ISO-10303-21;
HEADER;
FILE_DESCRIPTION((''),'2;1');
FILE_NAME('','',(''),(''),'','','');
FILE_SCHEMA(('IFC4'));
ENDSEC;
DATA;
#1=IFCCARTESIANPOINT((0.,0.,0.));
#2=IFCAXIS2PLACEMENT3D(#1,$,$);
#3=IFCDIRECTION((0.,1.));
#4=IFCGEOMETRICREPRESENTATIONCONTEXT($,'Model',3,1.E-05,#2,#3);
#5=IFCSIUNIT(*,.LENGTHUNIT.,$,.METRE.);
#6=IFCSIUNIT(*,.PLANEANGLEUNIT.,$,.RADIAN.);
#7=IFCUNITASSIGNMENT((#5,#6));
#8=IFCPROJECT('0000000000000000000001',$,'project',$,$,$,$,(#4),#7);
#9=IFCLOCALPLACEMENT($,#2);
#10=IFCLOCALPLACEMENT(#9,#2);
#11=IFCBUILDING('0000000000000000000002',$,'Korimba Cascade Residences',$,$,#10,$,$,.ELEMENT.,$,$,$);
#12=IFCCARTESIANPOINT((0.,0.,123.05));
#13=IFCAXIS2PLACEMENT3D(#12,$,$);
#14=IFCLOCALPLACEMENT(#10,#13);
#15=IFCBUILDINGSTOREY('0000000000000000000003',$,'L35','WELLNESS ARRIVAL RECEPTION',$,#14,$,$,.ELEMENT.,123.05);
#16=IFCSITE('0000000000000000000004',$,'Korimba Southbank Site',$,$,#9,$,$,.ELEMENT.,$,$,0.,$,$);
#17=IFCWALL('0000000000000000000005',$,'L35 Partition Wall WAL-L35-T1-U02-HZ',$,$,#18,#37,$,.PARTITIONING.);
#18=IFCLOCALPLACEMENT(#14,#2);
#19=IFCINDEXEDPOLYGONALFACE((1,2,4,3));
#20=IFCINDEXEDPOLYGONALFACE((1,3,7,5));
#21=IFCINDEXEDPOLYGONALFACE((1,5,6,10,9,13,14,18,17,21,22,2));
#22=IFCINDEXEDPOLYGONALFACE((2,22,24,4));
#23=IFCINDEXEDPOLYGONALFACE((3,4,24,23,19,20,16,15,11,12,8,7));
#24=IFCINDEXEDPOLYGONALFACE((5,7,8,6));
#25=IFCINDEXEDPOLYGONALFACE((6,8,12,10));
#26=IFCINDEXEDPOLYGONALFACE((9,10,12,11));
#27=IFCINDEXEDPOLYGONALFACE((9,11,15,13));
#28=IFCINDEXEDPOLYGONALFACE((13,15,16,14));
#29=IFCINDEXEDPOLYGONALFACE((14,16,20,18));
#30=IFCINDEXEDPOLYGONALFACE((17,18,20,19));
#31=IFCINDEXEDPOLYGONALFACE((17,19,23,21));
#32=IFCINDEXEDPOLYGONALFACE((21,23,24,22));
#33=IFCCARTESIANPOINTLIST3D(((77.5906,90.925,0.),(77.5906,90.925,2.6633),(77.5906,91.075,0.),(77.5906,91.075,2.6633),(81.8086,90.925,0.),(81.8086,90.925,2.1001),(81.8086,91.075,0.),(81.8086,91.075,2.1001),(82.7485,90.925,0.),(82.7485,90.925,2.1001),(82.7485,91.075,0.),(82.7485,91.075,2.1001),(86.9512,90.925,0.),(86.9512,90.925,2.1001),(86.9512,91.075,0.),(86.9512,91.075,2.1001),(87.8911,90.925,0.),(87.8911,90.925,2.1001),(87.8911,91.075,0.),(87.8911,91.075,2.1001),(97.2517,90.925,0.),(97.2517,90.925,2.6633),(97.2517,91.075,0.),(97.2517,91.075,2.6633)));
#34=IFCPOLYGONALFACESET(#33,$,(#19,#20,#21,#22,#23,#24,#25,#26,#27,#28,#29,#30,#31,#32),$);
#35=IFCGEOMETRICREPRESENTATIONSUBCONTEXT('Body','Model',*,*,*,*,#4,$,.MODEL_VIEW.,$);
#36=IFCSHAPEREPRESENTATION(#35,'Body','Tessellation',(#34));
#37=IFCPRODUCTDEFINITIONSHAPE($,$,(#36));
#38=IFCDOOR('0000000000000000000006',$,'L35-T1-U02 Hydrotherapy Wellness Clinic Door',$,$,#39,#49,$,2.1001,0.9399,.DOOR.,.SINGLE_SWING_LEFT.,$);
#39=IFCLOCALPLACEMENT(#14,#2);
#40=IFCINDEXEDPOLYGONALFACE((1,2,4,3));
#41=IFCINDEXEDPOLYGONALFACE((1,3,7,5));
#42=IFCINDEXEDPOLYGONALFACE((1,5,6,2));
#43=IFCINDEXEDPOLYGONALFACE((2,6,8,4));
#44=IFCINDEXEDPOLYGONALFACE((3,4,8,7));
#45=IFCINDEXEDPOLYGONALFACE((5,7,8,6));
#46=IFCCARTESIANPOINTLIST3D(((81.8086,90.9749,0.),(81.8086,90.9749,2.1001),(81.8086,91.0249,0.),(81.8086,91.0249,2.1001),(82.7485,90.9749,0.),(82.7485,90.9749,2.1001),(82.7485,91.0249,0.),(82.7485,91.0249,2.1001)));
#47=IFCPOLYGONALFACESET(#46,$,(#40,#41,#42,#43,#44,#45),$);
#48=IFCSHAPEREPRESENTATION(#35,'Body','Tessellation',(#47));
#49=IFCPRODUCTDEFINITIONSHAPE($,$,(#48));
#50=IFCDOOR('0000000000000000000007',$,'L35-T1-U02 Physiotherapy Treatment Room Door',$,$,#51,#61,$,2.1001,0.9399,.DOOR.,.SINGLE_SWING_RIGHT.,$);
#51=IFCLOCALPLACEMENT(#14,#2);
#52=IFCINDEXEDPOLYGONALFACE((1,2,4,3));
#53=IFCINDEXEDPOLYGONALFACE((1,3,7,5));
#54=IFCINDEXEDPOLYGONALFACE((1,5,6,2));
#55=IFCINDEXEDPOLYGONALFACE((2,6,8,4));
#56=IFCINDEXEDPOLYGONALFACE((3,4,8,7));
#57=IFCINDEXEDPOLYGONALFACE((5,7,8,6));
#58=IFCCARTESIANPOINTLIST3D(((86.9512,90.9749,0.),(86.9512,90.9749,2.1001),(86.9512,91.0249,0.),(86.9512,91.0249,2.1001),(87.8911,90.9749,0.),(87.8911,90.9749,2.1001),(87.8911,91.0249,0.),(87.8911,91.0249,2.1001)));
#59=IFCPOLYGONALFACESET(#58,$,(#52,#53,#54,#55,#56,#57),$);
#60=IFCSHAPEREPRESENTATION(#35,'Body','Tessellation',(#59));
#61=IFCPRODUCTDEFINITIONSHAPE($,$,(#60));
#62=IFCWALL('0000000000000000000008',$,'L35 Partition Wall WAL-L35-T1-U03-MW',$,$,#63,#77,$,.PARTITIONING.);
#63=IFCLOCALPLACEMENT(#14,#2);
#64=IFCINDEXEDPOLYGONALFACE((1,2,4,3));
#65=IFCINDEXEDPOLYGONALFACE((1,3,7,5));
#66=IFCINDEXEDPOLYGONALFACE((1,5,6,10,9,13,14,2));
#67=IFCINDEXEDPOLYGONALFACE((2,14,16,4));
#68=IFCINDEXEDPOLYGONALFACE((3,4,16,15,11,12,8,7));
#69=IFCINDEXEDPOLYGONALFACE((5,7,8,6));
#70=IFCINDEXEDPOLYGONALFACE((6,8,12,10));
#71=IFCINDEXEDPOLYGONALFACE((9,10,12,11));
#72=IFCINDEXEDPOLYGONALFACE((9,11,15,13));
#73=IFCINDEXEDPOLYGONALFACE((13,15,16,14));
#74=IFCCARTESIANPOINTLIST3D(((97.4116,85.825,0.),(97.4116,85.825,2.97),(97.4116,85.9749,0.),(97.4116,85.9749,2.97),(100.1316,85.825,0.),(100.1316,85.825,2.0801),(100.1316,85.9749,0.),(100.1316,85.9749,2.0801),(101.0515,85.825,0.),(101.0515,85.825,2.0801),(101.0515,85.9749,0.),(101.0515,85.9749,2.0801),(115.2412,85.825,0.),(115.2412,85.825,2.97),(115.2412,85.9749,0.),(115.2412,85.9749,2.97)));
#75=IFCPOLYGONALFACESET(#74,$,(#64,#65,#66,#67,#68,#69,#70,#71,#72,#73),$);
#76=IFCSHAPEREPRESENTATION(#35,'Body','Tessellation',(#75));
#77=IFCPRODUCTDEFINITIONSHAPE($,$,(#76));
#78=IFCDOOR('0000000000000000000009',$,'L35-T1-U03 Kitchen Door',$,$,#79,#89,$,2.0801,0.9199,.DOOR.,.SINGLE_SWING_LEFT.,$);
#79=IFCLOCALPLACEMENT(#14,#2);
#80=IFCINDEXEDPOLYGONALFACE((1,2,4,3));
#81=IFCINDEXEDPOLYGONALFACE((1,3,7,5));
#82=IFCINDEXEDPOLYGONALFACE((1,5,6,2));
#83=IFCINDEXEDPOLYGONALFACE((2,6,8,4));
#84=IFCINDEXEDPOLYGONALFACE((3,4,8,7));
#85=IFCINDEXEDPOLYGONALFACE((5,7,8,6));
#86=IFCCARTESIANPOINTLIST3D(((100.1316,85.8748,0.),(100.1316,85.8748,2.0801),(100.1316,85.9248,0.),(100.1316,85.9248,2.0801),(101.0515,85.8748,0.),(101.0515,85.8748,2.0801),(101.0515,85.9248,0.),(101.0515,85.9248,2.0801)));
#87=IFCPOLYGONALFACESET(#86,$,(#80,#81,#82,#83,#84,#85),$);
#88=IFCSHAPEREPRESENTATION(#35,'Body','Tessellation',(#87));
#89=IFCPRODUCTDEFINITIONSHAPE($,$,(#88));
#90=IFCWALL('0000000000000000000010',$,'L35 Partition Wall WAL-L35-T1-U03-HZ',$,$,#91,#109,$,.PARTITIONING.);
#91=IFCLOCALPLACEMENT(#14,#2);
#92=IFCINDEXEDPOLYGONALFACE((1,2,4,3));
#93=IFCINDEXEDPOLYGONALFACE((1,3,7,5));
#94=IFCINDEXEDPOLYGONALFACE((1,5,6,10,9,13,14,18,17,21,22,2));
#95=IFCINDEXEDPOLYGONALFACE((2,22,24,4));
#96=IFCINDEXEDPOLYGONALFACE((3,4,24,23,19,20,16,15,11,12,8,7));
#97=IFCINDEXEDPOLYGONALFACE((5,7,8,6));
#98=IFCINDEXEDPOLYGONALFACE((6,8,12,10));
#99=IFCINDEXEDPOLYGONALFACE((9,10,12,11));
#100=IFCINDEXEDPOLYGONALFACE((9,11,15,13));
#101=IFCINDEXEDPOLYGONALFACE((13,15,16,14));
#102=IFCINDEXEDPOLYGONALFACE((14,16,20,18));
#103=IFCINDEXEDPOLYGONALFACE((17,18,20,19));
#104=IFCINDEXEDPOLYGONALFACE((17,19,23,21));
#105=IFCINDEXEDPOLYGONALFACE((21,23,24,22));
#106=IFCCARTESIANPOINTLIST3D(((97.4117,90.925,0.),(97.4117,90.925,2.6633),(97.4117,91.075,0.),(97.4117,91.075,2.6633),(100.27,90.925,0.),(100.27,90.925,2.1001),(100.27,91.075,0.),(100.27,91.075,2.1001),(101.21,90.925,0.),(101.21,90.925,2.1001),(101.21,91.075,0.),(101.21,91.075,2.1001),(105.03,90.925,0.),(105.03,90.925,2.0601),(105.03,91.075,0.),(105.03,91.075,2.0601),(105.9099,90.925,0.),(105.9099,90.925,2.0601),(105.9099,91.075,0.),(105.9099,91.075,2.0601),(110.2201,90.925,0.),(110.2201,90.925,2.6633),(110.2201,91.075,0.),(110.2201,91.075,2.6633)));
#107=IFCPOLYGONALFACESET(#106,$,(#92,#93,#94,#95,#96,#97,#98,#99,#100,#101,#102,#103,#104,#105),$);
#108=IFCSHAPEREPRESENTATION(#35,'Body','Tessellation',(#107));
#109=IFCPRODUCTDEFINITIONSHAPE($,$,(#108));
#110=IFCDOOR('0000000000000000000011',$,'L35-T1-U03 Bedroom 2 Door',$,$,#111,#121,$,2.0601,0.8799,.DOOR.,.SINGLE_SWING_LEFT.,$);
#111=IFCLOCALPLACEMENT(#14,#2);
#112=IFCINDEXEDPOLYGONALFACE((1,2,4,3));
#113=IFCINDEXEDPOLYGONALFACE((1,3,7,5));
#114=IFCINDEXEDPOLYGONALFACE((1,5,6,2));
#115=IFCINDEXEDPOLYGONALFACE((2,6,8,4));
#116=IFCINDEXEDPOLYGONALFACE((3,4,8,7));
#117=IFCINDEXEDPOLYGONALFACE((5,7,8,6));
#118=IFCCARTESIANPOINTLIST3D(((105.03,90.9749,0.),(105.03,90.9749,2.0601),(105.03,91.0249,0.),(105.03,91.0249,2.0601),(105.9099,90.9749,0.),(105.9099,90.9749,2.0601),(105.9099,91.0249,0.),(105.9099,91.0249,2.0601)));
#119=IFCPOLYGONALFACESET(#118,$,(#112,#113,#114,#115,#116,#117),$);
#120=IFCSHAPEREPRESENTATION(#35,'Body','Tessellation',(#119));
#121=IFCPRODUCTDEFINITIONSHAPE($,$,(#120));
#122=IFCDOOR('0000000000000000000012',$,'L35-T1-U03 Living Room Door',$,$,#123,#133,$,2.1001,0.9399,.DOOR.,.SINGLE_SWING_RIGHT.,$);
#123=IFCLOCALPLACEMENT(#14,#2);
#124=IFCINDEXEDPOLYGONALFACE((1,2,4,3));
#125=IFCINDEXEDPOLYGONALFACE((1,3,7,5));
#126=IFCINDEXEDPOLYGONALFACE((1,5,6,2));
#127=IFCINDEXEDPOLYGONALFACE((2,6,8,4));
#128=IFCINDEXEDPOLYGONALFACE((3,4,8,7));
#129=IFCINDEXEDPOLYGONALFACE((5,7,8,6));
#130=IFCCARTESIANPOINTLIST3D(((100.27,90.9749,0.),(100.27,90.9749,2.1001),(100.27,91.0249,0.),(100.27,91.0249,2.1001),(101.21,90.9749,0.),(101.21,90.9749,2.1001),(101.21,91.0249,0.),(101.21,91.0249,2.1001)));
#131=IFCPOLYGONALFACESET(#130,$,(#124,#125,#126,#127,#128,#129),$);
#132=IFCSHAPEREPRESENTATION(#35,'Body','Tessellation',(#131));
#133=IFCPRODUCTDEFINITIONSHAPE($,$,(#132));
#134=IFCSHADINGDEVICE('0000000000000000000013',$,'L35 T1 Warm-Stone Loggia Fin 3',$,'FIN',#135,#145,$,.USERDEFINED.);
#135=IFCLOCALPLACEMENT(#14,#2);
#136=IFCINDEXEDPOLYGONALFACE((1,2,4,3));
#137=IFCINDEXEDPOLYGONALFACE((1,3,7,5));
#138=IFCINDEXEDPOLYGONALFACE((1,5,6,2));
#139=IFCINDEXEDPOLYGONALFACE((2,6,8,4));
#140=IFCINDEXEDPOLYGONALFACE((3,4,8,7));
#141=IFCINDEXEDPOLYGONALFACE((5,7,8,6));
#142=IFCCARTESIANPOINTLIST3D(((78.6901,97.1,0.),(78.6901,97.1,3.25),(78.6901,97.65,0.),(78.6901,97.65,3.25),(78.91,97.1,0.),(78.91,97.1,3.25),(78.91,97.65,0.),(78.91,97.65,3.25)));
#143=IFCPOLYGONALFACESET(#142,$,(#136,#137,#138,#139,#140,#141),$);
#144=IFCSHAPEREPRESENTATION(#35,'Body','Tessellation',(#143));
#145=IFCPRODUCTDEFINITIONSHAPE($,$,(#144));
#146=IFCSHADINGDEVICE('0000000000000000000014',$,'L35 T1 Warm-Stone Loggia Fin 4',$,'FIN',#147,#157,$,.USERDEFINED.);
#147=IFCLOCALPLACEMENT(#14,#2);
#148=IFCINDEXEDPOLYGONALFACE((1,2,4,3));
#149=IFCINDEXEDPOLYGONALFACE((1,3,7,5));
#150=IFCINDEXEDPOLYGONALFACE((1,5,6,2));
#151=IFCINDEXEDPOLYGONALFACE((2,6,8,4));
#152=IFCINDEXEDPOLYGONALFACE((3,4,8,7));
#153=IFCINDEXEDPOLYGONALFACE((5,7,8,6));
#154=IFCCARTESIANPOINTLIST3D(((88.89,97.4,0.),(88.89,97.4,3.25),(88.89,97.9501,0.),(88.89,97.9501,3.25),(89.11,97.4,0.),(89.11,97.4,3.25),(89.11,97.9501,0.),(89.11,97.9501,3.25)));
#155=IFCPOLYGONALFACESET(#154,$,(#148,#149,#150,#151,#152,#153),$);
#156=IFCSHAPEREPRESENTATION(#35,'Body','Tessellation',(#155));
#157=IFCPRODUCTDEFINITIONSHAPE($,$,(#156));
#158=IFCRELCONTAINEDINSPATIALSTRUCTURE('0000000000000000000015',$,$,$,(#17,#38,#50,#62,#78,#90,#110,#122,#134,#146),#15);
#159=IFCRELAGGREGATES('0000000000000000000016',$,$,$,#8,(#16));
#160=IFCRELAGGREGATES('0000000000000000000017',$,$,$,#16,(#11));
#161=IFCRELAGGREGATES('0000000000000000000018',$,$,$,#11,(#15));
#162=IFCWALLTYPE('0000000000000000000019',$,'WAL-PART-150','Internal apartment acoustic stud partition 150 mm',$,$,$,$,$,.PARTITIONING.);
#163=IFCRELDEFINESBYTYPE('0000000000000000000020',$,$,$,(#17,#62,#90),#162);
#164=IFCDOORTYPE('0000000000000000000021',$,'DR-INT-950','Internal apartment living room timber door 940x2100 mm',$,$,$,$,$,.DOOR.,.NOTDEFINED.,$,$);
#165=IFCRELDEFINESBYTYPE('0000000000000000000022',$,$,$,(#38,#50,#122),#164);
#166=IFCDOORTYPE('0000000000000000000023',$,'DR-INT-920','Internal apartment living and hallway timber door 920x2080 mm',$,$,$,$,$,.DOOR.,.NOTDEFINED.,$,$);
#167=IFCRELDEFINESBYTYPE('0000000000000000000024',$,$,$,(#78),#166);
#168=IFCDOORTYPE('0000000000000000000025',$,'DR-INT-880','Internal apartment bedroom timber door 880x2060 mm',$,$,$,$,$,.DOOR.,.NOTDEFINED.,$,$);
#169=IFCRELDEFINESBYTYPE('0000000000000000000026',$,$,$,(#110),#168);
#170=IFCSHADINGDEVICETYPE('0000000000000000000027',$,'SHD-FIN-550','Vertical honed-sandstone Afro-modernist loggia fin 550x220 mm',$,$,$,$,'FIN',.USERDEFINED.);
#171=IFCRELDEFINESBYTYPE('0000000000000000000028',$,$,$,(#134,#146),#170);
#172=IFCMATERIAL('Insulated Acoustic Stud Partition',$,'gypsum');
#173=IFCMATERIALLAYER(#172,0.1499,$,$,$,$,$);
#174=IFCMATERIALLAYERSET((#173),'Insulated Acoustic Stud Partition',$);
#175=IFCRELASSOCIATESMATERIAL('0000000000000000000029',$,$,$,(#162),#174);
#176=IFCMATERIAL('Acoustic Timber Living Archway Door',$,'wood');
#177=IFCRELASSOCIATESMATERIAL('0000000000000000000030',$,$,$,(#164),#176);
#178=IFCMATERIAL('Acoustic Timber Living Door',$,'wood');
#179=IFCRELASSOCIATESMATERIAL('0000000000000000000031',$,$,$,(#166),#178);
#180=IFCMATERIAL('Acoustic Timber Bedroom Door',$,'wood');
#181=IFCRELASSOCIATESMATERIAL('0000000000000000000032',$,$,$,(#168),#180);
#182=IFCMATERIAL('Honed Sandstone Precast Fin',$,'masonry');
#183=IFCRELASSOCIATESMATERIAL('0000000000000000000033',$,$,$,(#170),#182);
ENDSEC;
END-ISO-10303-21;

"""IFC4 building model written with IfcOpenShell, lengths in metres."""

from ifc_helpers import new_model, si_unit, direction, frame, frame_2d, origin, origin_2d, place, context, subcontext, project, spatial, rectangle, extrude, material, layer, layer_set, type_object, element, fill, save


model = new_model("IFC4")

# Units and contexts
model_context = context("Model", 3, precision=1e-05, world=origin(), true_north=direction((0.0, 1.0)))
body_context = subcontext(model_context, "Body", "Model", "MODEL_VIEW")
ifc_project = project(units=[si_unit("LENGTHUNIT", "METRE"), si_unit("PLANEANGLEUNIT", "RADIAN")], contexts=[model_context])

# Site, building, storey
site_placement = place(None, origin())
site = spatial("IfcSite", under=ifc_project, at=site_placement, Name="Korimba Southbank Site", CompositionType="ELEMENT", RefElevation=0.0)
building_placement = place(site_placement, origin())
building = spatial("IfcBuilding", under=site, at=building_placement, Name="Korimba Cascade Residences", CompositionType="ELEMENT")
storey_placement = place(building_placement, frame((0.0, 0.0, 123.05)))
storey = spatial("IfcBuildingStorey", under=building, at=storey_placement, Name="L35", Description="WELLNESS ARRIVAL RECEPTION", CompositionType="ELEMENT", Elevation=123.05)

# Shared definitions
ifc_material_1 = material(Name="Insulated Acoustic Stud Partition", Category="gypsum")
ifc_layer = layer(ifc_material_1, 0.1499)
ifc_layer_set = layer_set([ifc_layer], Name="Insulated Acoustic Stud Partition")
wall_type = type_object("IfcWallType", Name="WAL-PART-150", Description="Internal apartment acoustic stud partition 150 mm", PredefinedType="PARTITIONING", material=ifc_layer_set)
ifc_material_2 = material(Name="Acoustic Timber Living Archway Door", Category="wood")
door_type_1 = type_object("IfcDoorType", Name="DR-INT-950", Description="Internal apartment living room timber door 940x2100 mm", OperationType="NOTDEFINED", PredefinedType="DOOR", material=ifc_material_2)

# Wall, openings, doors
wall_1_placement = place(storey_placement, frame((77.5906, 91.0, 0.0), z_axis=(0.0, 0.0, 1.0), x_axis=(1.0, 0.0, 0.0)))
wall_1 = element("IfcWall", 1, at=wall_1_placement, inside=storey, type_object=wall_type, Name="L35 Partition Wall WAL-L35-T1-U02-HZ", PredefinedType="PARTITIONING", context=body_context, shape_type="SweptSolid", body=[
    extrude(rectangle(XDim=19.6611, YDim=0.1499, at=frame_2d((9.8306, 0.0))), origin(), (0.0, 0.0, 1.0), 2.6633),
])
opening_1_placement = place(wall_1_placement, frame((4.218, 0.0, 0.0)))
opening_1 = element("IfcOpeningElement", 2, at=opening_1_placement, cuts=wall_1, PredefinedType="OPENING", context=body_context, shape_type="SweptSolid", body=[
    extrude(rectangle(XDim=0.9399, YDim=2.1001, at=frame_2d((0.47, 1.05))), frame((0.0, 0.085, 0.0), z_axis=(0.0, -1.0, 0.0), x_axis=(1.0, 0.0, 0.0)), (0.0, 0.0, 1.0), 0.1699),
])
opening_2_placement = place(wall_1_placement, frame((9.3606, 0.0, 0.0)))
opening_2 = element("IfcOpeningElement", 3, at=opening_2_placement, cuts=wall_1, PredefinedType="OPENING", context=body_context, shape_type="SweptSolid", body=[
    extrude(rectangle(XDim=0.9399, YDim=2.1001, at=frame_2d((0.47, 1.05))), frame((0.0, 0.085, 0.0), z_axis=(0.0, -1.0, 0.0), x_axis=(1.0, 0.0, 0.0)), (0.0, 0.0, 1.0), 0.1699),
])
door_1_placement = place(opening_1_placement, origin())
door_1 = element("IfcDoor", 4, at=door_1_placement, inside=storey, type_object=door_type_1, Name="L35-T1-U02 Hydrotherapy Wellness Clinic Door", OperationType="SINGLE_SWING_LEFT", OverallHeight=2.1001, OverallWidth=0.9399, PredefinedType="DOOR", context=body_context, shape_type="SweptSolid", body=[
    extrude(rectangle(XDim=0.9399, YDim=2.1001, at=frame_2d((0.47, 1.05))), frame((0.0, 0.0249, 0.0), z_axis=(0.0, -1.0, 0.0), x_axis=(1.0, 0.0, 0.0)), (0.0, 0.0, 1.0), 0.05),
])
fill(opening_1, door_1)
door_2_placement = place(opening_2_placement, origin())
door_2 = element("IfcDoor", 5, at=door_2_placement, inside=storey, type_object=door_type_1, Name="L35-T1-U02 Physiotherapy Treatment Room Door", OperationType="SINGLE_SWING_RIGHT", OverallHeight=2.1001, OverallWidth=0.9399, PredefinedType="DOOR", context=body_context, shape_type="SweptSolid", body=[
    extrude(rectangle(XDim=0.9399, YDim=2.1001, at=frame_2d((0.47, 1.05))), frame((0.0, 0.0249, 0.0), z_axis=(0.0, -1.0, 0.0), x_axis=(1.0, 0.0, 0.0)), (0.0, 0.0, 1.0), 0.05),
])
fill(opening_2, door_2)

# Wall, opening, door
wall_2_placement = place(storey_placement, frame((97.4116, 85.8999, 0.0), z_axis=(0.0, 0.0, 1.0), x_axis=(1.0, 0.0, 0.0)))
wall_2 = element("IfcWall", 6, at=wall_2_placement, inside=storey, type_object=wall_type, Name="L35 Partition Wall WAL-L35-T1-U03-MW", PredefinedType="PARTITIONING", context=body_context, shape_type="SweptSolid", body=[
    extrude(rectangle(XDim=17.8296, YDim=0.1499, at=frame_2d((8.9148, 0.0))), origin(), (0.0, 0.0, 1.0), 2.97),
])
opening_3_placement = place(wall_2_placement, frame((2.72, 0.0, 0.0)))
opening_3 = element("IfcOpeningElement", 7, at=opening_3_placement, cuts=wall_2, PredefinedType="OPENING", context=body_context, shape_type="SweptSolid", body=[
    extrude(rectangle(XDim=0.9199, YDim=2.0801, at=frame_2d((0.46, 1.04))), frame((0.0, 0.085, 0.0), z_axis=(0.0, -1.0, 0.0), x_axis=(1.0, 0.0, 0.0)), (0.0, 0.0, 1.0), 0.1699),
])
ifc_material_3 = material(Name="Acoustic Timber Living Door", Category="wood")
door_type_2 = type_object("IfcDoorType", Name="DR-INT-920", Description="Internal apartment living and hallway timber door 920x2080 mm", OperationType="NOTDEFINED", PredefinedType="DOOR", material=ifc_material_3)
door_3_placement = place(opening_3_placement, origin())
door_3 = element("IfcDoor", 8, at=door_3_placement, inside=storey, type_object=door_type_2, Name="L35-T1-U03 Kitchen Door", OperationType="SINGLE_SWING_LEFT", OverallHeight=2.0801, OverallWidth=0.9199, PredefinedType="DOOR", context=body_context, shape_type="SweptSolid", body=[
    extrude(rectangle(XDim=0.9199, YDim=2.0801, at=frame_2d((0.46, 1.04))), frame((0.0, 0.0249, 0.0), z_axis=(0.0, -1.0, 0.0), x_axis=(1.0, 0.0, 0.0)), (0.0, 0.0, 1.0), 0.05),
])
fill(opening_3, door_3)

# Wall, openings, doors
wall_3_placement = place(storey_placement, frame((97.4116, 91.0, 0.0), z_axis=(0.0, 0.0, 1.0), x_axis=(1.0, 0.0, 0.0)))
wall_3 = element("IfcWall", 9, at=wall_3_placement, inside=storey, type_object=wall_type, Name="L35 Partition Wall WAL-L35-T1-U03-HZ", PredefinedType="PARTITIONING", context=body_context, shape_type="SweptSolid", body=[
    extrude(rectangle(XDim=12.8083, YDim=0.1499, at=frame_2d((6.4043, 0.0))), origin(), (0.0, 0.0, 1.0), 2.6633),
])
opening_4_placement = place(wall_3_placement, frame((2.8584, 0.0, 0.0)))
opening_4 = element("IfcOpeningElement", 10, at=opening_4_placement, cuts=wall_3, PredefinedType="OPENING", context=body_context, shape_type="SweptSolid", body=[
    extrude(rectangle(XDim=0.9399, YDim=2.1001, at=frame_2d((0.47, 1.05))), frame((0.0, 0.085, 0.0), z_axis=(0.0, -1.0, 0.0), x_axis=(1.0, 0.0, 0.0)), (0.0, 0.0, 1.0), 0.1699),
])
opening_5_placement = place(wall_3_placement, frame((7.6184, 0.0, 0.0)))
opening_5 = element("IfcOpeningElement", 11, at=opening_5_placement, cuts=wall_3, PredefinedType="OPENING", context=body_context, shape_type="SweptSolid", body=[
    extrude(rectangle(XDim=0.8799, YDim=2.0601, at=frame_2d((0.4399, 1.03))), frame((0.0, 0.085, 0.0), z_axis=(0.0, -1.0, 0.0), x_axis=(1.0, 0.0, 0.0)), (0.0, 0.0, 1.0), 0.1699),
])
ifc_material_4 = material(Name="Acoustic Timber Bedroom Door", Category="wood")
door_type_3 = type_object("IfcDoorType", Name="DR-INT-880", Description="Internal apartment bedroom timber door 880x2060 mm", OperationType="NOTDEFINED", PredefinedType="DOOR", material=ifc_material_4)
door_4_placement = place(opening_5_placement, origin())
door_4 = element("IfcDoor", 12, at=door_4_placement, inside=storey, type_object=door_type_3, Name="L35-T1-U03 Bedroom 2 Door", OperationType="SINGLE_SWING_LEFT", OverallHeight=2.0601, OverallWidth=0.8799, PredefinedType="DOOR", context=body_context, shape_type="SweptSolid", body=[
    extrude(rectangle(XDim=0.8799, YDim=2.0601, at=frame_2d((0.4399, 1.03))), frame((0.0, 0.0249, 0.0), z_axis=(0.0, -1.0, 0.0), x_axis=(1.0, 0.0, 0.0)), (0.0, 0.0, 1.0), 0.05),
])
fill(opening_5, door_4)
door_5_placement = place(opening_4_placement, origin())
door_5 = element("IfcDoor", 13, at=door_5_placement, inside=storey, type_object=door_type_1, Name="L35-T1-U03 Living Room Door", OperationType="SINGLE_SWING_RIGHT", OverallHeight=2.1001, OverallWidth=0.9399, PredefinedType="DOOR", context=body_context, shape_type="SweptSolid", body=[
    extrude(rectangle(XDim=0.9399, YDim=2.1001, at=frame_2d((0.47, 1.05))), frame((0.0, 0.0249, 0.0), z_axis=(0.0, -1.0, 0.0), x_axis=(1.0, 0.0, 0.0)), (0.0, 0.0, 1.0), 0.05),
])
fill(opening_4, door_5)

# Shading devices
ifc_material_5 = material(Name="Honed Sandstone Precast Fin", Category="masonry")
shading_device_type = type_object("IfcShadingDeviceType", Name="SHD-FIN-550", Description="Vertical honed-sandstone Afro-modernist loggia fin 550x220 mm", ElementType="FIN", PredefinedType="USERDEFINED", material=ifc_material_5)
for number, where, z_axis, x_axis, name in (
    (14, (78.8, 97.375, 0.0), (0.0, 0.0, 1.0), (1.0, 0.0, 0.0), "L35 T1 Warm-Stone Loggia Fin 3"),
    (15, (89.0, 97.675, 0.0), (0.0, 0.0, 1.0), (1.0, 0.0, 0.0), "L35 T1 Warm-Stone Loggia Fin 4"),
):
    element("IfcShadingDevice", number, at=place(storey_placement, frame(where, z_axis=z_axis, x_axis=x_axis)), inside=storey, type_object=shading_device_type, Name=name, ObjectType="FIN", PredefinedType="USERDEFINED", context=body_context, shape_type="SweptSolid", body=[
        extrude(rectangle(XDim=0.22, YDim=0.55, at=origin_2d()), origin(), (0.0, 0.0, 1.0), 3.25),
    ])

save(model, "model.ifc")
